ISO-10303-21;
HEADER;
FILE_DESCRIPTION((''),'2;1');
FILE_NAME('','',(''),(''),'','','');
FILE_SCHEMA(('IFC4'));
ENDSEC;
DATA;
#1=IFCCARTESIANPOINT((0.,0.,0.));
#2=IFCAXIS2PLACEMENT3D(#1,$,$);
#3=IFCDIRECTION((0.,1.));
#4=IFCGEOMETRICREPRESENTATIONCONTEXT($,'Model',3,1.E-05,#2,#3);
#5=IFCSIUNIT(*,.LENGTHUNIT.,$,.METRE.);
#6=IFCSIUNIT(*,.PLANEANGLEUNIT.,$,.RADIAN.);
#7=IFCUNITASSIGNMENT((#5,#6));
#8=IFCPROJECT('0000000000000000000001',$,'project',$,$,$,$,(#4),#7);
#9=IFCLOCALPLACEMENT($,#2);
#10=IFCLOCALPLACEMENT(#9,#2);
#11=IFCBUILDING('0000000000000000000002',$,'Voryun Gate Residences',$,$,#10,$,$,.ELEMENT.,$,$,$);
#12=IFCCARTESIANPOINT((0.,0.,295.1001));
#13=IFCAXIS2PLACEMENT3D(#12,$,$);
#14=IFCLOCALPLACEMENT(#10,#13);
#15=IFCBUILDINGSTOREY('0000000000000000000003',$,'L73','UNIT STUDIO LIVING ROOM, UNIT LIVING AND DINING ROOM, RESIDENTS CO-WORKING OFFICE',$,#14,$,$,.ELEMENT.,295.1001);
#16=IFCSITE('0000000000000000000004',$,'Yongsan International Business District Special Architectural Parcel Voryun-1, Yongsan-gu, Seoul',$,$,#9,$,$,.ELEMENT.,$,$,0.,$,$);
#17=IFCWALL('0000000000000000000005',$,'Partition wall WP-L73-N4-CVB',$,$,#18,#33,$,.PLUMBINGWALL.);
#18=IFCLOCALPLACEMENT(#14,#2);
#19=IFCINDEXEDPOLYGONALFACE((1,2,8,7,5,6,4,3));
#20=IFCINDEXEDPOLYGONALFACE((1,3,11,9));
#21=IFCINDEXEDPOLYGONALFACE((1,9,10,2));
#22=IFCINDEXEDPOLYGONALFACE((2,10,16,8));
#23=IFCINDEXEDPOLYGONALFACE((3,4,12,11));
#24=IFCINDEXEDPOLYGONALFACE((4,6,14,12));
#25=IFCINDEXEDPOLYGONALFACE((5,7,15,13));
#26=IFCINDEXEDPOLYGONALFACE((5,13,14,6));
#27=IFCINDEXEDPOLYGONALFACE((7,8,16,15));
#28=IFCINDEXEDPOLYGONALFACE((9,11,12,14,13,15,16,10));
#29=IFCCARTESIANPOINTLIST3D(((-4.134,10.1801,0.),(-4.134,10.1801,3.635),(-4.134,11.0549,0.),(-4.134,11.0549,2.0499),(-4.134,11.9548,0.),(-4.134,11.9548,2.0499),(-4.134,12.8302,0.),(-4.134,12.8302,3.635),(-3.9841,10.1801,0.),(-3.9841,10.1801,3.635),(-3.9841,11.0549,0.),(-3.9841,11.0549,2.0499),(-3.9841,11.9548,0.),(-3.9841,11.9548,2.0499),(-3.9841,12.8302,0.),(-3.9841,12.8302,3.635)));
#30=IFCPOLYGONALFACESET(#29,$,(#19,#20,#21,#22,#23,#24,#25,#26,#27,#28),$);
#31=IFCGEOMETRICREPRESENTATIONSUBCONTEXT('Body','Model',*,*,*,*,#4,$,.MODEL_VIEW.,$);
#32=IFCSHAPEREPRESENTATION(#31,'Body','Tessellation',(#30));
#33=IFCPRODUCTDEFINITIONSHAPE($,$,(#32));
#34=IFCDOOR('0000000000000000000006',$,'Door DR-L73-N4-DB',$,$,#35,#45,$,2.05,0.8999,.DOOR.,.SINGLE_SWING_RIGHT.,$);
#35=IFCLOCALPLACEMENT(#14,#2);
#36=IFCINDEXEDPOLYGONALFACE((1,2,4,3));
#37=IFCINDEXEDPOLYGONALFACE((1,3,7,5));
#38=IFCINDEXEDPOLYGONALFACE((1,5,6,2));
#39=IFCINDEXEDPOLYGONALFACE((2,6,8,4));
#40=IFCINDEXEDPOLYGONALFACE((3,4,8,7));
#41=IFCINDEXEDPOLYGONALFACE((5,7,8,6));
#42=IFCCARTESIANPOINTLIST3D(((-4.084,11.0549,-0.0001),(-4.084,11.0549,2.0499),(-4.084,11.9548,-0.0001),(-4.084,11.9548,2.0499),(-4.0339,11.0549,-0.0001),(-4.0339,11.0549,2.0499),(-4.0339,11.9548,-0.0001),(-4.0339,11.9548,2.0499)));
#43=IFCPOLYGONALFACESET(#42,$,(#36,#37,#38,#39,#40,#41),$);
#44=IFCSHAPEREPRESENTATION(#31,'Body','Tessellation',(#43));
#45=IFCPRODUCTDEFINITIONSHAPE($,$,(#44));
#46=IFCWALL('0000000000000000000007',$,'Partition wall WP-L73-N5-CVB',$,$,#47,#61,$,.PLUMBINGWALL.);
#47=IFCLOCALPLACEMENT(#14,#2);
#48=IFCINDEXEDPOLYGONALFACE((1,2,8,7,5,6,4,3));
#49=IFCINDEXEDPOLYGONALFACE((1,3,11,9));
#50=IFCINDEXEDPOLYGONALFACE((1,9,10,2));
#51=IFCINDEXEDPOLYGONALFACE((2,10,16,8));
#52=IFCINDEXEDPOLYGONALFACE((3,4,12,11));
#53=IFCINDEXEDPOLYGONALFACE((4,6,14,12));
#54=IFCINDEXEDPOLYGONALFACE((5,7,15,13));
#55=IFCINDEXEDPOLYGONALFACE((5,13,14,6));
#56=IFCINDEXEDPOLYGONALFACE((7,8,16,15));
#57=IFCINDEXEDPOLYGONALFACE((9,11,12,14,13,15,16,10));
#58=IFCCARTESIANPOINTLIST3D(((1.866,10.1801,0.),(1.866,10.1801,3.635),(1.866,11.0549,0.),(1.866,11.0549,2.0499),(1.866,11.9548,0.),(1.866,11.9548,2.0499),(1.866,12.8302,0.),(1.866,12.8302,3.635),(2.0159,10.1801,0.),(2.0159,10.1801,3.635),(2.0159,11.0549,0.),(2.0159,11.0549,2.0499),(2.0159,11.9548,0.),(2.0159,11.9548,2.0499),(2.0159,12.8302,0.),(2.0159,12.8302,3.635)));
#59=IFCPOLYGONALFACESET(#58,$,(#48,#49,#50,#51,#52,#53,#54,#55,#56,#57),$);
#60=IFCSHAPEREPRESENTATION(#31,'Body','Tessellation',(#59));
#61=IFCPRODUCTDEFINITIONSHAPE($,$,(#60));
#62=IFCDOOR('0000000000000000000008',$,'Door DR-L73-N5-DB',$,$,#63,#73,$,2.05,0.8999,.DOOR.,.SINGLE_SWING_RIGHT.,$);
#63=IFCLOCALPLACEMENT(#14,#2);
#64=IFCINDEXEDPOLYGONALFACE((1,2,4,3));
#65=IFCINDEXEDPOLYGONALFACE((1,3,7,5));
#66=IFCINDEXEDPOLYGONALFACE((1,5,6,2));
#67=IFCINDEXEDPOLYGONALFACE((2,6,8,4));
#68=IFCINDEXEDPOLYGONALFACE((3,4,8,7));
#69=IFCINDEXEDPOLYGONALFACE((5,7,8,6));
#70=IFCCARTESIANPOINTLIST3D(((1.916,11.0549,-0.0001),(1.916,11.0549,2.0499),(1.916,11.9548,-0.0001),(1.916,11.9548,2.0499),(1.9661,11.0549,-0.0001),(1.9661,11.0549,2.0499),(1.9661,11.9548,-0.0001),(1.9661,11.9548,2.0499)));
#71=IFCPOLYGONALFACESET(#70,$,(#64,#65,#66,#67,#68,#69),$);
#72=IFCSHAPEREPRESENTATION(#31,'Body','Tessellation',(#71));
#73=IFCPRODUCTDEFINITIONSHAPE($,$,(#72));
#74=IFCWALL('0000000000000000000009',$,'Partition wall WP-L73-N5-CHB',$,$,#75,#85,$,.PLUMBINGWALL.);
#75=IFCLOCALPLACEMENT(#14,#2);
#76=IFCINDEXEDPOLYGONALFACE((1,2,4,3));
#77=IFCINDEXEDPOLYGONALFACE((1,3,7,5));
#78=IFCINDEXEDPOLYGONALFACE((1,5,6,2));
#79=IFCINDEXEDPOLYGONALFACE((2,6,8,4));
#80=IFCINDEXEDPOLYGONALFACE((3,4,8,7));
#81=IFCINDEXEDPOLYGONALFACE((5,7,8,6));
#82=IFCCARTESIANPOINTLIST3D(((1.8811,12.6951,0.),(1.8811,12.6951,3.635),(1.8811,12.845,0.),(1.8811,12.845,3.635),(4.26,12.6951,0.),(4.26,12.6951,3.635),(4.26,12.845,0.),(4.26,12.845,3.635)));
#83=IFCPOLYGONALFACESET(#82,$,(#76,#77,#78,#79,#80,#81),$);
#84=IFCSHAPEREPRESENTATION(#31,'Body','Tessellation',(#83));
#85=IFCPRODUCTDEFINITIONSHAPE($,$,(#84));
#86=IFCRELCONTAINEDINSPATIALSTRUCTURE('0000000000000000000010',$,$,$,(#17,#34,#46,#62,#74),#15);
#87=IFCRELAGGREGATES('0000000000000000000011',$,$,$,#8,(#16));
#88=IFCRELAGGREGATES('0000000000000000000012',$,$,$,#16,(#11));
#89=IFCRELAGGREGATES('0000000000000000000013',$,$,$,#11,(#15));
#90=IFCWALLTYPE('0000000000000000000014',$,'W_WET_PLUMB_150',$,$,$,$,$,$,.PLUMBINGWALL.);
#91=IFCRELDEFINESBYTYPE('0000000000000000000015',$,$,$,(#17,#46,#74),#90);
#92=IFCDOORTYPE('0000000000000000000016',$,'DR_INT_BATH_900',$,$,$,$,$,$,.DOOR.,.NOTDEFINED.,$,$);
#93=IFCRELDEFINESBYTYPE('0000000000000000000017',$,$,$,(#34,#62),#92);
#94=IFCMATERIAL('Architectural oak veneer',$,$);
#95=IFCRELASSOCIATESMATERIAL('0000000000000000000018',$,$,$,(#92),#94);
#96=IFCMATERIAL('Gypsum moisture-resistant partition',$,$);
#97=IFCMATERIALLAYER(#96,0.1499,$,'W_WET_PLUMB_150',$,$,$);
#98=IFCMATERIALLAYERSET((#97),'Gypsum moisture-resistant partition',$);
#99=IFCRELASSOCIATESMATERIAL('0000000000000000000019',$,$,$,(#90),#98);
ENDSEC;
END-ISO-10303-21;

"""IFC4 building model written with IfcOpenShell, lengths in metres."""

from ifc_helpers import new_model, si_unit, direction, frame, frame_2d, origin, place, context, subcontext, project, spatial, rectangle, extrude, material, layer, layer_set, type_object, element, fill, save


model = new_model("IFC4")

# Units and contexts
model_context = context("Model", 3, precision=1e-05, world=origin(), true_north=direction((0.0, 1.0)))
body_context = subcontext(model_context, "Body", "Model", "MODEL_VIEW")
ifc_project = project(units=[si_unit("LENGTHUNIT", "METRE"), si_unit("PLANEANGLEUNIT", "RADIAN")], contexts=[model_context])

# Site, building, storey
site_placement = place(None, origin())
site = spatial("IfcSite", under=ifc_project, at=site_placement, Name="Yongsan International Business District Special Architectural Parcel Voryun-1, Yongsan-gu, Seoul", CompositionType="ELEMENT", RefElevation=0.0)
building_placement = place(site_placement, origin())
building = spatial("IfcBuilding", under=site, at=building_placement, Name="Voryun Gate Residences", CompositionType="ELEMENT")
storey_placement = place(building_placement, frame((0.0, 0.0, 295.1001)))
storey = spatial("IfcBuildingStorey", under=building, at=storey_placement, Name="L73", Description="UNIT STUDIO LIVING ROOM, UNIT LIVING AND DINING ROOM, RESIDENTS CO-WORKING OFFICE", CompositionType="ELEMENT", Elevation=295.1001)

# Shared definitions
ifc_material_1 = material(Name="Architectural oak veneer")
door_type = type_object("IfcDoorType", Name="DR_INT_BATH_900", OperationType="NOTDEFINED", PredefinedType="DOOR", material=ifc_material_1)

# Walls, openings, doors
ifc_material_2 = material(Name="Gypsum moisture-resistant partition")
ifc_layer_1 = layer(ifc_material_2, 0.1499, Name="W_WET_PLUMB_150")
ifc_layer_set_1 = layer_set([ifc_layer_1], Name="Gypsum moisture-resistant partition")
wall_type_1 = type_object("IfcWallType", Name="W_WET_PLUMB_150", PredefinedType="PLUMBINGWALL", material=ifc_layer_set_1)
wall_1_placement = place(storey_placement, frame((-4.0591, 10.1799, 0.0), z_axis=(0.0, 0.0, 1.0), x_axis=(0.0, 1.0, 0.0)))
wall_1 = element("IfcWall", 1, at=wall_1_placement, inside=storey, type_object=wall_type_1, Name="Partition wall WP-L73-N4-CVB", PredefinedType="PLUMBINGWALL", context=body_context, shape_type="SweptSolid", body=[
    extrude(rectangle(XDim=2.6501, YDim=0.1499, at=frame_2d((1.3252, 0.0))), origin(), (0.0, 0.0, 1.0), 3.635),
])
opening_1_placement = place(wall_1_placement, frame((0.875, 0.0, 0.0)))
opening_1 = element("IfcOpeningElement", 2, at=opening_1_placement, cuts=wall_1, PredefinedType="OPENING", context=body_context, shape_type="SweptSolid", body=[
    extrude(rectangle(XDim=0.8999, YDim=2.05, at=frame_2d((0.45, 1.0249))), frame((0.0, 0.085, 0.0), z_axis=(0.0, -1.0, 0.0), x_axis=(1.0, 0.0, 0.0)), (0.0, 0.0, 1.0), 0.1699),
])
door_1_placement = place(opening_1_placement, origin())
door_1 = element("IfcDoor", 3, at=door_1_placement, inside=storey, type_object=door_type, Name="Door DR-L73-N4-DB", OperationType="SINGLE_SWING_RIGHT", OverallHeight=2.05, OverallWidth=0.8999, PredefinedType="DOOR", context=body_context, shape_type="SweptSolid", body=[
    extrude(rectangle(XDim=0.8999, YDim=2.05, at=frame_2d((0.45, 1.0249))), frame((0.0, 0.0249, 0.0), z_axis=(0.0, -1.0, 0.0), x_axis=(1.0, 0.0, 0.0)), (0.0, 0.0, 1.0), 0.05),
])
fill(opening_1, door_1)
wall_2_placement = place(storey_placement, frame((1.9409, 10.1799, 0.0), z_axis=(0.0, 0.0, 1.0), x_axis=(0.0, 1.0, 0.0)))
wall_2 = element("IfcWall", 4, at=wall_2_placement, inside=storey, type_object=wall_type_1, Name="Partition wall WP-L73-N5-CVB", PredefinedType="PLUMBINGWALL", context=body_context, shape_type="SweptSolid", body=[
    extrude(rectangle(XDim=2.6501, YDim=0.1499, at=frame_2d((1.3252, 0.0))), origin(), (0.0, 0.0, 1.0), 3.635),
])
opening_2_placement = place(wall_2_placement, frame((0.875, 0.0, 0.0)))
opening_2 = element("IfcOpeningElement", 5, at=opening_2_placement, cuts=wall_2, PredefinedType="OPENING", context=body_context, shape_type="SweptSolid", body=[
    extrude(rectangle(XDim=0.8999, YDim=2.05, at=frame_2d((0.45, 1.0249))), frame((0.0, 0.085, 0.0), z_axis=(0.0, -1.0, 0.0), x_axis=(1.0, 0.0, 0.0)), (0.0, 0.0, 1.0), 0.1699),
])
door_2_placement = place(opening_2_placement, origin())
door_2 = element("IfcDoor", 6, at=door_2_placement, inside=storey, type_object=door_type, Name="Door DR-L73-N5-DB", OperationType="SINGLE_SWING_RIGHT", OverallHeight=2.05, OverallWidth=0.8999, PredefinedType="DOOR", context=body_context, shape_type="SweptSolid", body=[
    extrude(rectangle(XDim=0.8999, YDim=2.05, at=frame_2d((0.45, 1.0249))), frame((0.0, 0.0249, 0.0), z_axis=(0.0, -1.0, 0.0), x_axis=(1.0, 0.0, 0.0)), (0.0, 0.0, 1.0), 0.05),
])
fill(opening_2, door_2)

# Wall
wall_3_placement = place(storey_placement, frame((1.8811, 12.77, 0.0), z_axis=(0.0, 0.0, 1.0), x_axis=(1.0, 0.0, 0.0)))
element("IfcWall", 7, at=wall_3_placement, inside=storey, type_object=wall_type_1, Name="Partition wall WP-L73-N5-CHB", PredefinedType="PLUMBINGWALL", context=body_context, shape_type="SweptSolid", body=[
    extrude(rectangle(XDim=2.3789, YDim=0.1499, at=frame_2d((1.1895, 0.0))), origin(), (0.0, 0.0, 1.0), 3.635),
])

save(model, "model.ifc")
